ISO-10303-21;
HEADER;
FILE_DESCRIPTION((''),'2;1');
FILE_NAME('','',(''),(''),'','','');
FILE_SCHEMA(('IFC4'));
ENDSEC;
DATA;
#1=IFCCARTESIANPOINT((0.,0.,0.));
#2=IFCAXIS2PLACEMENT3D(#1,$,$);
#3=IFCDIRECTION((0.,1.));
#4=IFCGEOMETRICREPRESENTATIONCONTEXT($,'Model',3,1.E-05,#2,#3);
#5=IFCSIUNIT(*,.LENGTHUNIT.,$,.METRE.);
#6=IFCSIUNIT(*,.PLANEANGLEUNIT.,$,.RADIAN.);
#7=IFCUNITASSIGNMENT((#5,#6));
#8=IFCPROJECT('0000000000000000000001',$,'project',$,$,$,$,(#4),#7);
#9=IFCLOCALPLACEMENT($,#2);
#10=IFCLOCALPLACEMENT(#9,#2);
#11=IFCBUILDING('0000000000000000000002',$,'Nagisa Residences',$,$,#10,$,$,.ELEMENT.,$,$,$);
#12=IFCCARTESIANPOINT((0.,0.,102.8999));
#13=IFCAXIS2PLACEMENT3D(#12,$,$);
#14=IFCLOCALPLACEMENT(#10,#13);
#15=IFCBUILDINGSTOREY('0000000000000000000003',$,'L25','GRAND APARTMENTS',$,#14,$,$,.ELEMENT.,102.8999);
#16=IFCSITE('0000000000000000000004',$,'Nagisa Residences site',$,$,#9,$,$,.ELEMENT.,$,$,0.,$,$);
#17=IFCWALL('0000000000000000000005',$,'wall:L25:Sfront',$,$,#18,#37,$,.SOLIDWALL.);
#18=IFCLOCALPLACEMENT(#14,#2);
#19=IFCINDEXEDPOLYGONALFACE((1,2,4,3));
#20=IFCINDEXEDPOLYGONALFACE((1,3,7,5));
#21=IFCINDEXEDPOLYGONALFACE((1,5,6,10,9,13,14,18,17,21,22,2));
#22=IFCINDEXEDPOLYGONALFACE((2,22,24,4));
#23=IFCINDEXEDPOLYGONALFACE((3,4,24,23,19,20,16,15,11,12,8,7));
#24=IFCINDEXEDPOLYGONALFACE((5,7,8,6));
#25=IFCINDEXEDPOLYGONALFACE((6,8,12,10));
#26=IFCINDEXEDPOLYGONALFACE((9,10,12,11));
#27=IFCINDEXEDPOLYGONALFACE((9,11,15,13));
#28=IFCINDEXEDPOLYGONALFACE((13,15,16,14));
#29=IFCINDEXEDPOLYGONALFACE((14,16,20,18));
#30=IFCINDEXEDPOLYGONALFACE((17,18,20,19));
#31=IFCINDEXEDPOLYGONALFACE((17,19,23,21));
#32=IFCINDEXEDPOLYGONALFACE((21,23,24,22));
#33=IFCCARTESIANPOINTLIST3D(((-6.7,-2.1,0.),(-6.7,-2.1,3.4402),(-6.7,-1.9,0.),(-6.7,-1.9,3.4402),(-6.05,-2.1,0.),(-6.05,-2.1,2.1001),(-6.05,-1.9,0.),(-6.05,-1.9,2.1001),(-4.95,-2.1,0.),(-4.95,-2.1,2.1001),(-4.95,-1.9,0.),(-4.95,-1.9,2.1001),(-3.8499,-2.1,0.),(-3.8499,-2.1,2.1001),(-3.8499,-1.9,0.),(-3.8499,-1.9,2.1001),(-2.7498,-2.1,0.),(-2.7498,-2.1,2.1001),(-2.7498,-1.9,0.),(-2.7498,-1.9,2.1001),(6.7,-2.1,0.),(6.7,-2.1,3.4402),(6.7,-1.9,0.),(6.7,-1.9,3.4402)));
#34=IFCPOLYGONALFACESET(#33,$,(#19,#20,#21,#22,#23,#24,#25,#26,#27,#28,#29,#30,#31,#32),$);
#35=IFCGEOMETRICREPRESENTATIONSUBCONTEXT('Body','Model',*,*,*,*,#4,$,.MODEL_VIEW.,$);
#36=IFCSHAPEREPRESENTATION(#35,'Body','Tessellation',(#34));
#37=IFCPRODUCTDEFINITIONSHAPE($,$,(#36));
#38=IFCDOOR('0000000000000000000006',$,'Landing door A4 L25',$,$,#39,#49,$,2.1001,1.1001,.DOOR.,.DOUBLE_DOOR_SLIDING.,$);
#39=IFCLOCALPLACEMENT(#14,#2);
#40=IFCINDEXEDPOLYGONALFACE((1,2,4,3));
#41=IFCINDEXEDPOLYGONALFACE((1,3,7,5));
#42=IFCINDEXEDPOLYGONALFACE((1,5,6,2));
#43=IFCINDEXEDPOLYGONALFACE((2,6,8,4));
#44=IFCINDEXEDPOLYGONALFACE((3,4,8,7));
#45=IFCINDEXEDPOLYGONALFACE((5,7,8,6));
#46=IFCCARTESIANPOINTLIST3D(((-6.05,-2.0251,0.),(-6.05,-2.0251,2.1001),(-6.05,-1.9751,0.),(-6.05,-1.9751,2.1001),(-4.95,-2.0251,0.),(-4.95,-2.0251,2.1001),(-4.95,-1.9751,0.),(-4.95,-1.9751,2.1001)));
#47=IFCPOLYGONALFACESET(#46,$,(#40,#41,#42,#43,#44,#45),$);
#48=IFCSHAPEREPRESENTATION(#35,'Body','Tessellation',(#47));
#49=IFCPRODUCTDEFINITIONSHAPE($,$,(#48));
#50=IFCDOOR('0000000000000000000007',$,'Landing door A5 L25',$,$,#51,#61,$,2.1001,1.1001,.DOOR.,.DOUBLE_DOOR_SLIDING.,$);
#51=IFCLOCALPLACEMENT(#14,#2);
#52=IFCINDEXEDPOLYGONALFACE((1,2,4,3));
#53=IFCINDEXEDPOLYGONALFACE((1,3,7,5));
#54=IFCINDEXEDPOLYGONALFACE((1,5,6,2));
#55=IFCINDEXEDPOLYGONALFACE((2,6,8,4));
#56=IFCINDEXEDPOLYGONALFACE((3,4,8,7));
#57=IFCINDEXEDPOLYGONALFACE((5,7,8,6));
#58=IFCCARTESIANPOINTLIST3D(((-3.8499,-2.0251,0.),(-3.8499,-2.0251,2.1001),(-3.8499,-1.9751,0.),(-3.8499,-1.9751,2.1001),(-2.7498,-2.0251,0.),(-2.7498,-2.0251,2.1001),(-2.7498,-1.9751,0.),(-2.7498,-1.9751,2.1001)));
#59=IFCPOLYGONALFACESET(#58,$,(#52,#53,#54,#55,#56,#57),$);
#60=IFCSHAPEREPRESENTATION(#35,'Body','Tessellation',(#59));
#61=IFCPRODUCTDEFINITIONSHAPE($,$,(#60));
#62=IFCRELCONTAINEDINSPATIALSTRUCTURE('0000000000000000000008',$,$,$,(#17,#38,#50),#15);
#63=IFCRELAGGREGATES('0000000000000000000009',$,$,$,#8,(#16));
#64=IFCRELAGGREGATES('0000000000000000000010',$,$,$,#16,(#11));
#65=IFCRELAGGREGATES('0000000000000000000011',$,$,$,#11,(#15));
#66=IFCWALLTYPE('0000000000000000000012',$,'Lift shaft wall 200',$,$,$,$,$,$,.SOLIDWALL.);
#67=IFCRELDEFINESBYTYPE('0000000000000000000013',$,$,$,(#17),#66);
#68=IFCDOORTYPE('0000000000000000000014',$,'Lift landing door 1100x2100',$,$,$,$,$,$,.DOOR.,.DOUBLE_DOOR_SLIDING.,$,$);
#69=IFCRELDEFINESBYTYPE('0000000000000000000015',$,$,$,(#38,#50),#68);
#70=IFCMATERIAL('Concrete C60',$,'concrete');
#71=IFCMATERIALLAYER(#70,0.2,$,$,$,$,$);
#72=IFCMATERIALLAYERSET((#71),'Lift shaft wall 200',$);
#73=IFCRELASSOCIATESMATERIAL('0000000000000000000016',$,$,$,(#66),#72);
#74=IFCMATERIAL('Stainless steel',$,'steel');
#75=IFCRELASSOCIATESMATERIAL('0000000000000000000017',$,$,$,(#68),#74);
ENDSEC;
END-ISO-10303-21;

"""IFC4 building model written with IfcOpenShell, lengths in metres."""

from ifc_helpers import new_model, si_unit, direction, frame, frame_2d, origin, place, context, subcontext, project, spatial, rectangle, extrude, material, layer, layer_set, type_object, element, fill, save


model = new_model("IFC4")

# Units and contexts
model_context = context("Model", 3, precision=1e-05, world=origin(), true_north=direction((0.0, 1.0)))
body_context = subcontext(model_context, "Body", "Model", "MODEL_VIEW")
ifc_project = project(units=[si_unit("LENGTHUNIT", "METRE"), si_unit("PLANEANGLEUNIT", "RADIAN")], contexts=[model_context])

# Site, building, storey
site_placement = place(None, origin())
site = spatial("IfcSite", under=ifc_project, at=site_placement, Name="Nagisa Residences site", CompositionType="ELEMENT", RefElevation=0.0)
building_placement = place(site_placement, origin())
building = spatial("IfcBuilding", under=site, at=building_placement, Name="Nagisa Residences", CompositionType="ELEMENT")
storey_placement = place(building_placement, frame((0.0, 0.0, 102.8999)))
storey = spatial("IfcBuildingStorey", under=building, at=storey_placement, Name="L25", Description="GRAND APARTMENTS", CompositionType="ELEMENT", Elevation=102.8999)

# Wall, openings, doors
ifc_material_1 = material(Name="Concrete C60", Category="concrete")
ifc_layer_1 = layer(ifc_material_1, 0.2)
ifc_layer_set_1 = layer_set([ifc_layer_1], Name="Lift shaft wall 200")
wall_type = type_object("IfcWallType", Name="Lift shaft wall 200", PredefinedType="SOLIDWALL", material=ifc_layer_set_1)
wall_placement = place(storey_placement, frame((-6.7, -2.0, 0.0), z_axis=(0.0, 0.0, 1.0), x_axis=(1.0, 0.0, 0.0)))
wall = element("IfcWall", 1, at=wall_placement, inside=storey, type_object=wall_type, Name="wall:L25:Sfront", PredefinedType="SOLIDWALL", context=body_context, shape_type="SweptSolid", body=[
    extrude(rectangle(XDim=13.3999, YDim=0.2, at=frame_2d((6.7, 0.0))), origin(), (0.0, 0.0, 1.0), 3.4402),
])
opening_1_placement = place(wall_placement, frame((0.6499, 0.0, 0.0)))
opening_1 = element("IfcOpeningElement", 2, at=opening_1_placement, cuts=wall, PredefinedType="OPENING", context=body_context, shape_type="SweptSolid", body=[
    extrude(rectangle(XDim=1.1001, YDim=2.1001, at=frame_2d((0.55, 1.05))), frame((0.0, 0.1099, 0.0), z_axis=(0.0, -1.0, 0.0), x_axis=(1.0, 0.0, 0.0)), (0.0, 0.0, 1.0), 0.22),
])
opening_2_placement = place(wall_placement, frame((2.8501, 0.0, 0.0)))
opening_2 = element("IfcOpeningElement", 3, at=opening_2_placement, cuts=wall, PredefinedType="OPENING", context=body_context, shape_type="SweptSolid", body=[
    extrude(rectangle(XDim=1.1001, YDim=2.1001, at=frame_2d((0.55, 1.05))), frame((0.0, 0.1099, 0.0), z_axis=(0.0, -1.0, 0.0), x_axis=(1.0, 0.0, 0.0)), (0.0, 0.0, 1.0), 0.22),
])
ifc_material_2 = material(Name="Stainless steel", Category="steel")
door_type = type_object("IfcDoorType", Name="Lift landing door 1100x2100", OperationType="DOUBLE_DOOR_SLIDING", PredefinedType="DOOR", material=ifc_material_2)
door_1_placement = place(opening_1_placement, origin())
door_1 = element("IfcDoor", 4, at=door_1_placement, inside=storey, type_object=door_type, Name="Landing door A4 L25", OperationType="DOUBLE_DOOR_SLIDING", OverallHeight=2.1001, OverallWidth=1.1001, PredefinedType="DOOR", context=body_context, shape_type="SweptSolid", body=[
    extrude(rectangle(XDim=1.1001, YDim=2.1001, at=frame_2d((0.55, 1.05))), frame((0.0, 0.0249, 0.0), z_axis=(0.0, -1.0, 0.0), x_axis=(1.0, 0.0, 0.0)), (0.0, 0.0, 1.0), 0.05),
])
fill(opening_1, door_1)
door_2_placement = place(opening_2_placement, origin())
door_2 = element("IfcDoor", 5, at=door_2_placement, inside=storey, type_object=door_type, Name="Landing door A5 L25", OperationType="DOUBLE_DOOR_SLIDING", OverallHeight=2.1001, OverallWidth=1.1001, PredefinedType="DOOR", context=body_context, shape_type="SweptSolid", body=[
    extrude(rectangle(XDim=1.1001, YDim=2.1001, at=frame_2d((0.55, 1.05))), frame((0.0, 0.0249, 0.0), z_axis=(0.0, -1.0, 0.0), x_axis=(1.0, 0.0, 0.0)), (0.0, 0.0, 1.0), 0.05),
])
fill(opening_2, door_2)

save(model, "model.ifc")
